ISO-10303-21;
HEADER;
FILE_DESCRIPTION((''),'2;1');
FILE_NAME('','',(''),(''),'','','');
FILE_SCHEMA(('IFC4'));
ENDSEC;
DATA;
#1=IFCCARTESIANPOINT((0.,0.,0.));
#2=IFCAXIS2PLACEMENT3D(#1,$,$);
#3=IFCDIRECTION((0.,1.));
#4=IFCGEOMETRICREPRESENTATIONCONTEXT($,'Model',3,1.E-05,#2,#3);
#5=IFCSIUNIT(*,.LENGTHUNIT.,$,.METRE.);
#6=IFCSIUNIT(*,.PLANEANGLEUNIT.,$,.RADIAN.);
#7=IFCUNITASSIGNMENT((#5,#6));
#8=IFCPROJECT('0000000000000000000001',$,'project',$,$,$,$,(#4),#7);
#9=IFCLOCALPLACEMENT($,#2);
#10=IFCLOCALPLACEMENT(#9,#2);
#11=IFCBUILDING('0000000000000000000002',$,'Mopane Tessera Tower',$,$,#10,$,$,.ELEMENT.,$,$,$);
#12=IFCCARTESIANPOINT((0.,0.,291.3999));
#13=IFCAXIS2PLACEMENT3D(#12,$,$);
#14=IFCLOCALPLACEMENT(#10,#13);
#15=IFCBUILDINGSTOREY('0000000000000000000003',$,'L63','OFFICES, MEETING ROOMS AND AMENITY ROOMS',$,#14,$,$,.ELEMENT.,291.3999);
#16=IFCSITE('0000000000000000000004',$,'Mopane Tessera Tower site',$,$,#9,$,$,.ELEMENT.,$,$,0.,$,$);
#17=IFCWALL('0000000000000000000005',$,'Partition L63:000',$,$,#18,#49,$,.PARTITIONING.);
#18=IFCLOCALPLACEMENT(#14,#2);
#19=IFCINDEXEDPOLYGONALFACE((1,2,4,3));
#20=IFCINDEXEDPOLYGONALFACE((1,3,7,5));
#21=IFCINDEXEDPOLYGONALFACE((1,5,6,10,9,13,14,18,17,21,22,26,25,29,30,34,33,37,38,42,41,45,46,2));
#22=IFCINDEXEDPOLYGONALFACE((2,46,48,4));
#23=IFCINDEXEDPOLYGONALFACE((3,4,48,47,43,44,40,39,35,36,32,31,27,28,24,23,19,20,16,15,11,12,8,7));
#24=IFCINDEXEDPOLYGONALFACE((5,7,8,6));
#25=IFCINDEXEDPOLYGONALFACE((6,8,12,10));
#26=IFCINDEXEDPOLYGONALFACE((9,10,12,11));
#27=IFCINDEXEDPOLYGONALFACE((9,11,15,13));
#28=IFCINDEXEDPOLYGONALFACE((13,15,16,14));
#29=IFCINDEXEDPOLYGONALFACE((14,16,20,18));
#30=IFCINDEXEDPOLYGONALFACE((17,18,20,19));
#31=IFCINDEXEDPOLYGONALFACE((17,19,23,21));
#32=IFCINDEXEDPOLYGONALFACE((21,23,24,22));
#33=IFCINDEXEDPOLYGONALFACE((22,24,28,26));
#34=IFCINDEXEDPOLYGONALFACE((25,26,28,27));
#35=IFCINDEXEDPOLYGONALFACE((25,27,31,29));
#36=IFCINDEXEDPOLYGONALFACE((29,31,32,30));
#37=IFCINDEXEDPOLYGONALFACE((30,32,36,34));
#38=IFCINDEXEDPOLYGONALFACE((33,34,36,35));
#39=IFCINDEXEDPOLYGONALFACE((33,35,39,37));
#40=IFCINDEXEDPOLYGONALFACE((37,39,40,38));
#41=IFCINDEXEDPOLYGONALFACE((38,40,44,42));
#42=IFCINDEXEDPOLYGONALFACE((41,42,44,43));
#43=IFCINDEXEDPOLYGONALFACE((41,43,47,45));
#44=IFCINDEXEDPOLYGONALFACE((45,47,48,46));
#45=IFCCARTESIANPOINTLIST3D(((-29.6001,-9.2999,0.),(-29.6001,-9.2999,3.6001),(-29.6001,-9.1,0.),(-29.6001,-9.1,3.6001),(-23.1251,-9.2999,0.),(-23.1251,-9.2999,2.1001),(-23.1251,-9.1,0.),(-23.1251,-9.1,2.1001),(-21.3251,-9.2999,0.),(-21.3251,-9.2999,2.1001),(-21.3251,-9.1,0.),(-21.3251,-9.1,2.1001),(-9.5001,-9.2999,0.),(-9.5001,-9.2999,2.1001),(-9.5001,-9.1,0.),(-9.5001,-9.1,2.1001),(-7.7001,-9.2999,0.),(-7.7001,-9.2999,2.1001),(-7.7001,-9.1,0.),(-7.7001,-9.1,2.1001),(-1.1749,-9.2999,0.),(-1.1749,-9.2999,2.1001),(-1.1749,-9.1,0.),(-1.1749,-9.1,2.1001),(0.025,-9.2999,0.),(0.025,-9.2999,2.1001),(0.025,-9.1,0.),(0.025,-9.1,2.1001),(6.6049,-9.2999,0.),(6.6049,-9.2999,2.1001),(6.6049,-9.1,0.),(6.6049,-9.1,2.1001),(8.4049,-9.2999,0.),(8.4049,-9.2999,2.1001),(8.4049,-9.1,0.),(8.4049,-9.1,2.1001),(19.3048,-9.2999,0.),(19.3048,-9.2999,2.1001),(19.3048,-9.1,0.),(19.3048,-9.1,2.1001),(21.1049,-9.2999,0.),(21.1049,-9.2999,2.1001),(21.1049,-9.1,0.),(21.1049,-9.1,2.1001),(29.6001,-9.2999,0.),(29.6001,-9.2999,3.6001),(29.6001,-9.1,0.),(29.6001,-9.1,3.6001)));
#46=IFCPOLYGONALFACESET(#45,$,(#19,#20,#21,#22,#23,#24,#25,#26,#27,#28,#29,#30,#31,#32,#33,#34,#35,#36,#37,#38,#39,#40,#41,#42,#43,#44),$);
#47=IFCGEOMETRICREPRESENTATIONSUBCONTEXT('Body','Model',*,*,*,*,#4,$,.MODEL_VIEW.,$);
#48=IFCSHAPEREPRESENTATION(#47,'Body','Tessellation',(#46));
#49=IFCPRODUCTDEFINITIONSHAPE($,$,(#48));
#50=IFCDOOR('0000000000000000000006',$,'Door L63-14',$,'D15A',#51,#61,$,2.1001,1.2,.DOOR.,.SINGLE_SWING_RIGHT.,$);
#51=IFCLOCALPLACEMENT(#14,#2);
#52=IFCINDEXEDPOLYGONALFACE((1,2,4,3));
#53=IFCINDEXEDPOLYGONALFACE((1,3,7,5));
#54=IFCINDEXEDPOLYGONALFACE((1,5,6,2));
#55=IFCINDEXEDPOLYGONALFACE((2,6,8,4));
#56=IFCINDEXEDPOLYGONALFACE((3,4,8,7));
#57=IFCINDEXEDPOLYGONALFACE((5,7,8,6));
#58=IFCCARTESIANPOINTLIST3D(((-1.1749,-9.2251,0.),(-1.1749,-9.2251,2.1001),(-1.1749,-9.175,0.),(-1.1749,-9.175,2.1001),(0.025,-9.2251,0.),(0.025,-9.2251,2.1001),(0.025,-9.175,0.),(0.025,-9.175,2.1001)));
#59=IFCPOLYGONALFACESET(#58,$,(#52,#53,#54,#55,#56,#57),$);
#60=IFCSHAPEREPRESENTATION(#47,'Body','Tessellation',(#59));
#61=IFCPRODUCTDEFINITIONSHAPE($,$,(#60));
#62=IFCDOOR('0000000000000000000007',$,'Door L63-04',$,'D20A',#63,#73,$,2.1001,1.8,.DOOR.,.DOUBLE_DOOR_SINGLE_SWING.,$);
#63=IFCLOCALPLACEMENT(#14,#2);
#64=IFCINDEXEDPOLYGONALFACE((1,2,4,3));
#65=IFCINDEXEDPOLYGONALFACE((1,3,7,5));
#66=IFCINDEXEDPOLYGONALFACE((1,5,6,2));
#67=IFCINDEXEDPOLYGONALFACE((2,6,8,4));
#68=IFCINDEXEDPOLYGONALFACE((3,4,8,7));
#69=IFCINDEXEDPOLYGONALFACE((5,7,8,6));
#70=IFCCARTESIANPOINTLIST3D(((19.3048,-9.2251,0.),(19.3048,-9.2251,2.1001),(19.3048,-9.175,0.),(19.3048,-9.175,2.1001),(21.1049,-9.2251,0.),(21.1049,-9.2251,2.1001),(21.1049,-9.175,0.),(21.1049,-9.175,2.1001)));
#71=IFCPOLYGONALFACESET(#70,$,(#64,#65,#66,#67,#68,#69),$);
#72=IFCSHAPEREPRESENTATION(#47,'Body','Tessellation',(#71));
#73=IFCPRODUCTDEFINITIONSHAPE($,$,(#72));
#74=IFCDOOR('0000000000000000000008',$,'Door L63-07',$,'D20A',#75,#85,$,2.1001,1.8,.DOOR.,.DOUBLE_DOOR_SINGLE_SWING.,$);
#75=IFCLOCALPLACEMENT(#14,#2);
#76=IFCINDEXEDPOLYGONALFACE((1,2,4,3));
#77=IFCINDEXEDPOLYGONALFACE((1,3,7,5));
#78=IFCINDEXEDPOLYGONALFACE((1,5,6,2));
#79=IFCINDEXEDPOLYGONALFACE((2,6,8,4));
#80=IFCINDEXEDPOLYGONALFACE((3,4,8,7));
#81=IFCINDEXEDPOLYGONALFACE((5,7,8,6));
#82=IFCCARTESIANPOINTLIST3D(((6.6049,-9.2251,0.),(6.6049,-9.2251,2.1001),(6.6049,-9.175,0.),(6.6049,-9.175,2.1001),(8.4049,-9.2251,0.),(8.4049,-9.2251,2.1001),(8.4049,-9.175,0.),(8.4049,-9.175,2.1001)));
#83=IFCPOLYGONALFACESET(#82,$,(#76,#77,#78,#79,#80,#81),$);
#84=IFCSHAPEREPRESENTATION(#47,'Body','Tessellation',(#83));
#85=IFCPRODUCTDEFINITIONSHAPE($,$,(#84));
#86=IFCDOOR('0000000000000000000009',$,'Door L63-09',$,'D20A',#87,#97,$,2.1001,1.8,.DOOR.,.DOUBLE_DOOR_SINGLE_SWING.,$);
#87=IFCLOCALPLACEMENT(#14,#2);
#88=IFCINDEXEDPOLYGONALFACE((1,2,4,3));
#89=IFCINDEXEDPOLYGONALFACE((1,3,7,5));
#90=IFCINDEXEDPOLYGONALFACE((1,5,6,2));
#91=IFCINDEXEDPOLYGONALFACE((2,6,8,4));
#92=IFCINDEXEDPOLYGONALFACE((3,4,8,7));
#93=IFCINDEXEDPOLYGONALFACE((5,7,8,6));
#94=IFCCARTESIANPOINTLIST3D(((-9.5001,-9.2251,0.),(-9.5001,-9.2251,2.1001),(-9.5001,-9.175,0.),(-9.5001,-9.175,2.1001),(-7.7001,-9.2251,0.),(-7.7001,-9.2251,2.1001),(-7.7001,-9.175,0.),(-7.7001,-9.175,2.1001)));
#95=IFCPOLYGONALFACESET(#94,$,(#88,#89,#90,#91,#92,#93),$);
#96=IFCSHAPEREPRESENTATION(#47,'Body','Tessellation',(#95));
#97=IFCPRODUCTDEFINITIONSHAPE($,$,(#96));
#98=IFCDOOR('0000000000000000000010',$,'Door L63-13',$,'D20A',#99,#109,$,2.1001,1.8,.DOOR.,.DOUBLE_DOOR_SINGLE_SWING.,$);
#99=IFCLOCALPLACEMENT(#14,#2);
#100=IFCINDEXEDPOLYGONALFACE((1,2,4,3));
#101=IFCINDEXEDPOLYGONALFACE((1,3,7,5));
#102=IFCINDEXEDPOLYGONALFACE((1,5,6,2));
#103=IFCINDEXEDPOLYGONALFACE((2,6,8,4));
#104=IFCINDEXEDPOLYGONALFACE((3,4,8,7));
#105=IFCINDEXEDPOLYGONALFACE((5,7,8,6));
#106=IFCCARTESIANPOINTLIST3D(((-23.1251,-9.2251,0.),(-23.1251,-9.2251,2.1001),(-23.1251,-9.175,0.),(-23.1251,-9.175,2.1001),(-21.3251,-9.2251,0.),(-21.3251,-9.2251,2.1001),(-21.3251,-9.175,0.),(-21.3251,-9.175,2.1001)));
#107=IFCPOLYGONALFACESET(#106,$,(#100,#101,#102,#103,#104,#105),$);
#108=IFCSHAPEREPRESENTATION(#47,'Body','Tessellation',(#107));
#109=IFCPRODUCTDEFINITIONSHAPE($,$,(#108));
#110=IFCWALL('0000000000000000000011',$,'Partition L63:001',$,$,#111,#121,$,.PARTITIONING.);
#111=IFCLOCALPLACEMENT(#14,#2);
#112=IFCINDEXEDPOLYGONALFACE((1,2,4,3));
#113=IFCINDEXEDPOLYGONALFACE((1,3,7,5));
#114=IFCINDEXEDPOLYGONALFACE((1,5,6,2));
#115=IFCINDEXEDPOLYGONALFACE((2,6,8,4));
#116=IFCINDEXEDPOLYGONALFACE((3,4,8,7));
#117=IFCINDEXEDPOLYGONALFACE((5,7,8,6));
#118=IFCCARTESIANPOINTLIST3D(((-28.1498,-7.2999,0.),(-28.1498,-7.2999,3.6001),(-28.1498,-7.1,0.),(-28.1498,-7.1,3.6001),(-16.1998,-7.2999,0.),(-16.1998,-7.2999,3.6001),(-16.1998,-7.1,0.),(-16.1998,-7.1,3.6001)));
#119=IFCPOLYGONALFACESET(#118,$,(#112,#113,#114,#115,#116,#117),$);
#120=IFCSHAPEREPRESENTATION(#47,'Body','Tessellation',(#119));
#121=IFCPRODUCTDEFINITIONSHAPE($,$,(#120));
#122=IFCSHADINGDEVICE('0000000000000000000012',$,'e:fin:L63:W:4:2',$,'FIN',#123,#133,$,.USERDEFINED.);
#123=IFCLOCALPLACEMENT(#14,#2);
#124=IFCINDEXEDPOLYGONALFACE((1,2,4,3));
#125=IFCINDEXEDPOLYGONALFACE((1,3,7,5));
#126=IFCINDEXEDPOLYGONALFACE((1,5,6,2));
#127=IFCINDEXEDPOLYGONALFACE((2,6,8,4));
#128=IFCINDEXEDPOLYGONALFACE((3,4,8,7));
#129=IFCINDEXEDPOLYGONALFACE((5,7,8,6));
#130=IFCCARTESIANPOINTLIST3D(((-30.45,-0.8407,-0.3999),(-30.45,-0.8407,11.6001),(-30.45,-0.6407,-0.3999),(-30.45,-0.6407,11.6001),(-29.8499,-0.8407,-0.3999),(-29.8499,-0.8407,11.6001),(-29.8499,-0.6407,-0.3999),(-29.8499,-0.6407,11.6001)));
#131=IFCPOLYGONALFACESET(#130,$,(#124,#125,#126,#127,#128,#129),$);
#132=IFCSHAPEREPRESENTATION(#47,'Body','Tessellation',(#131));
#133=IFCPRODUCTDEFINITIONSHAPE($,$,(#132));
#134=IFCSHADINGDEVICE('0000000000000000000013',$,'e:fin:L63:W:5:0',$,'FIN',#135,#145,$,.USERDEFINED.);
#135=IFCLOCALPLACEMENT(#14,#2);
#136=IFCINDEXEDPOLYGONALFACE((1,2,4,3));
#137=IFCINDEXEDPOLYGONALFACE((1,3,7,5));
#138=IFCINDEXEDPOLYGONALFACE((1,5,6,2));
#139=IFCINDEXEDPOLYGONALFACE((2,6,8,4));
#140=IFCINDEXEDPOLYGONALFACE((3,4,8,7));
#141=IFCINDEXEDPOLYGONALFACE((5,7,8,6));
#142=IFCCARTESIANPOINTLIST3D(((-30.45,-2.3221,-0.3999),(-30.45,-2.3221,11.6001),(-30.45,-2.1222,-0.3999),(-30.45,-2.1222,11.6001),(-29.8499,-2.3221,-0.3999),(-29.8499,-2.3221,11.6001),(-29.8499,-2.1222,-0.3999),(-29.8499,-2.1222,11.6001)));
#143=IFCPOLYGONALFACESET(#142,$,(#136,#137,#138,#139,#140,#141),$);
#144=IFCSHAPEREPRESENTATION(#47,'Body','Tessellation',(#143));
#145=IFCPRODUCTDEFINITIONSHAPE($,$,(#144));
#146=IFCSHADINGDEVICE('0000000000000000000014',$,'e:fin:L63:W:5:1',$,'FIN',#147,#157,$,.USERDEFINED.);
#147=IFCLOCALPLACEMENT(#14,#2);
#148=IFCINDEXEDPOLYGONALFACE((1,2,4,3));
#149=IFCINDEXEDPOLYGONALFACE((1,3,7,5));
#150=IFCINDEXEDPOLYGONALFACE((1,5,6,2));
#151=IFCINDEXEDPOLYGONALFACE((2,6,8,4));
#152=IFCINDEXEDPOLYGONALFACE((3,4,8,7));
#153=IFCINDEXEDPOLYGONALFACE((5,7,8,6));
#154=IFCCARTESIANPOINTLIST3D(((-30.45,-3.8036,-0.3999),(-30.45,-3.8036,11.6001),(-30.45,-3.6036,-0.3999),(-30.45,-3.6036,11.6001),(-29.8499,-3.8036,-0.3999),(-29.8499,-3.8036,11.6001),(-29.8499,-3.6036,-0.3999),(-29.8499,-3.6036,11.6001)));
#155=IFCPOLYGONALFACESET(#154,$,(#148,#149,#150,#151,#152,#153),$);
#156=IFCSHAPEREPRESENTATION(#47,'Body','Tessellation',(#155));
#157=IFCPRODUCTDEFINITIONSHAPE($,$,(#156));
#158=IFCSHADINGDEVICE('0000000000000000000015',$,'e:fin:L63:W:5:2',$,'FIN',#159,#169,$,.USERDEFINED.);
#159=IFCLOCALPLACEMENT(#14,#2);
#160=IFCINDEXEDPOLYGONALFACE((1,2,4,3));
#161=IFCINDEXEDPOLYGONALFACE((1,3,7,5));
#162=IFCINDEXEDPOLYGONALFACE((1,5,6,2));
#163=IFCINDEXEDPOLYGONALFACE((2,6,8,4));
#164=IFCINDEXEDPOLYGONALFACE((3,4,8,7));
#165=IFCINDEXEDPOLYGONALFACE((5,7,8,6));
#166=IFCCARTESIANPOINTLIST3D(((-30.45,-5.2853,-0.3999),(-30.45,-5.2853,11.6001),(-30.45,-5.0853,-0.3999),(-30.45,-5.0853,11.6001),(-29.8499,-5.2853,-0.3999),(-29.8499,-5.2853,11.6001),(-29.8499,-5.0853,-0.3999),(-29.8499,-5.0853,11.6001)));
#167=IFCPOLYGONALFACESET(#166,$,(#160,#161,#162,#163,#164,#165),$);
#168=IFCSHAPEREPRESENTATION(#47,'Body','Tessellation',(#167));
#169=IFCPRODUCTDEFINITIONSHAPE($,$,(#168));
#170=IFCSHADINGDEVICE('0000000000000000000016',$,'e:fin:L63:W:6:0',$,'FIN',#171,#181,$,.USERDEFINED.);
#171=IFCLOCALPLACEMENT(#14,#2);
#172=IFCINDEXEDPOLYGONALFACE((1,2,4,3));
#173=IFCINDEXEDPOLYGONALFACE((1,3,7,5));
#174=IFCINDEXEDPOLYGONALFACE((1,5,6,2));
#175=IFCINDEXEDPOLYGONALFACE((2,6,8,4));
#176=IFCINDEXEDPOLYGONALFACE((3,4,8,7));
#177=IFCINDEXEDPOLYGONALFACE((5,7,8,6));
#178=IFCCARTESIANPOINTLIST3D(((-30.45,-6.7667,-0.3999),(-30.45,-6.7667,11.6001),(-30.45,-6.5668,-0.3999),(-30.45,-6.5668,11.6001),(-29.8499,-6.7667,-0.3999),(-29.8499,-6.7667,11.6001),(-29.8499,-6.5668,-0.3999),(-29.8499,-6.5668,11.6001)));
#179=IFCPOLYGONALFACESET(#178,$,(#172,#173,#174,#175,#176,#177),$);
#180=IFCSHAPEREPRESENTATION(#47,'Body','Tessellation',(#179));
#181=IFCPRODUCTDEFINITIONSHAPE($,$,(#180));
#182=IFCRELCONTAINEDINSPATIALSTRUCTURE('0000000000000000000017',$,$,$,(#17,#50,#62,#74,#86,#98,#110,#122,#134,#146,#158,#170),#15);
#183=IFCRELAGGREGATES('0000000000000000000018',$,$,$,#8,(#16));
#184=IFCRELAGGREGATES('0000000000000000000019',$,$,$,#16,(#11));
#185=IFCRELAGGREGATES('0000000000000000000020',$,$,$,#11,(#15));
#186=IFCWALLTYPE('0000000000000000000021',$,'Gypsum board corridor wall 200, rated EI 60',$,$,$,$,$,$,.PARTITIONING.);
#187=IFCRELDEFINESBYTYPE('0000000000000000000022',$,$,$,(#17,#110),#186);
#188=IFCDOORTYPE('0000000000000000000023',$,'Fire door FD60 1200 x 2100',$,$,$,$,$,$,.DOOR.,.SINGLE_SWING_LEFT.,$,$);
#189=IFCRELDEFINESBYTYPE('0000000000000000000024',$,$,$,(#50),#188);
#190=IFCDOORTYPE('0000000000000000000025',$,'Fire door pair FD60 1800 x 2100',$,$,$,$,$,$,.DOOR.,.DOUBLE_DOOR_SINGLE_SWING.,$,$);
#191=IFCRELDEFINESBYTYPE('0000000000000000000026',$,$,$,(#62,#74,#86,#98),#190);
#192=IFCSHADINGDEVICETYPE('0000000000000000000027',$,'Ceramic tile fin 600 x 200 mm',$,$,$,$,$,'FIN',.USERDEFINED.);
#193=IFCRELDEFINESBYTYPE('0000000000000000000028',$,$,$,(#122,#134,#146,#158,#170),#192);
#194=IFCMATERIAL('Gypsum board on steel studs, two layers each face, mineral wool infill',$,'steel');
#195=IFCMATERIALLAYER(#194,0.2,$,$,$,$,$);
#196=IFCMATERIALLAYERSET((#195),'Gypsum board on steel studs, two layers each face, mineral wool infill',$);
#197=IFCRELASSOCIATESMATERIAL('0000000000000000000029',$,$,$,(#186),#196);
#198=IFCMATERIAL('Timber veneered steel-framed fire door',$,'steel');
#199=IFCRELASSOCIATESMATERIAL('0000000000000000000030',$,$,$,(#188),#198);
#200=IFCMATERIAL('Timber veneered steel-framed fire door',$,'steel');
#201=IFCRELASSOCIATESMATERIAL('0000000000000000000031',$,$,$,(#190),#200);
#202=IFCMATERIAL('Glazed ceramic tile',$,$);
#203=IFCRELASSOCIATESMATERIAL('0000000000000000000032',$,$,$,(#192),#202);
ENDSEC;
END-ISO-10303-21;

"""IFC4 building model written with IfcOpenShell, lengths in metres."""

from ifc_helpers import new_model, si_unit, direction, frame, frame_2d, origin, origin_2d, place, context, subcontext, project, spatial, rectangle, extrude, material, layer, layer_set, type_object, element, fill, save


model = new_model("IFC4")

# Units and contexts
model_context = context("Model", 3, precision=1e-05, world=origin(), true_north=direction((0.0, 1.0)))
body_context = subcontext(model_context, "Body", "Model", "MODEL_VIEW")
ifc_project = project(units=[si_unit("LENGTHUNIT", "METRE"), si_unit("PLANEANGLEUNIT", "RADIAN")], contexts=[model_context])

# Site, building, storey
site_placement = place(None, origin())
site = spatial("IfcSite", under=ifc_project, at=site_placement, Name="Mopane Tessera Tower site", CompositionType="ELEMENT", RefElevation=0.0)
building_placement = place(site_placement, origin())
building = spatial("IfcBuilding", under=site, at=building_placement, Name="Mopane Tessera Tower", CompositionType="ELEMENT")
storey_placement = place(building_placement, frame((0.0, 0.0, 291.3999)))
storey = spatial("IfcBuildingStorey", under=building, at=storey_placement, Name="L63", Description="OFFICES, MEETING ROOMS AND AMENITY ROOMS", CompositionType="ELEMENT", Elevation=291.3999)

# Wall, openings, doors
ifc_material_1 = material(Name="Gypsum board on steel studs, two layers each face, mineral wool infill", Category="steel")
ifc_layer_1 = layer(ifc_material_1, 0.2)
ifc_layer_set_1 = layer_set([ifc_layer_1], Name="Gypsum board on steel studs, two layers each face, mineral wool infill")
wall_type = type_object("IfcWallType", Name="Gypsum board corridor wall 200, rated EI 60", PredefinedType="PARTITIONING", material=ifc_layer_set_1)
wall_1_placement = place(storey_placement, frame((-29.6001, -9.2, 0.0), z_axis=(0.0, 0.0, 1.0), x_axis=(1.0, 0.0, 0.0)))
wall_1 = element("IfcWall", 1, at=wall_1_placement, inside=storey, type_object=wall_type, Name="Partition L63:000", PredefinedType="PARTITIONING", context=body_context, shape_type="SweptSolid", body=[
    extrude(rectangle(XDim=59.2002, YDim=0.2, at=frame_2d((29.6001, 0.0))), origin(), (0.0, 0.0, 1.0), 3.6001),
])
opening_1_placement = place(wall_1_placement, frame((48.905, 0.0, 0.0)))
opening_1 = element("IfcOpeningElement", 2, at=opening_1_placement, cuts=wall_1, PredefinedType="OPENING", context=body_context, shape_type="SweptSolid", body=[
    extrude(rectangle(XDim=1.8, YDim=2.1001, at=frame_2d((0.8999, 1.05))), frame((0.0, 0.1121, 0.0), z_axis=(0.0, -1.0, 0.0), x_axis=(1.0, 0.0, 0.0)), (0.0, 0.0, 1.0), 0.2239),
])
opening_2_placement = place(wall_1_placement, frame((36.2051, 0.0, 0.0)))
opening_2 = element("IfcOpeningElement", 3, at=opening_2_placement, cuts=wall_1, PredefinedType="OPENING", context=body_context, shape_type="SweptSolid", body=[
    extrude(rectangle(XDim=1.8, YDim=2.1001, at=frame_2d((0.8999, 1.05))), frame((0.0, 0.1121, 0.0), z_axis=(0.0, -1.0, 0.0), x_axis=(1.0, 0.0, 0.0)), (0.0, 0.0, 1.0), 0.2239),
])
opening_3_placement = place(wall_1_placement, frame((20.1001, 0.0, 0.0)))
opening_3 = element("IfcOpeningElement", 4, at=opening_3_placement, cuts=wall_1, PredefinedType="OPENING", context=body_context, shape_type="SweptSolid", body=[
    extrude(rectangle(XDim=1.8, YDim=2.1001, at=frame_2d((0.8999, 1.05))), frame((0.0, 0.1121, 0.0), z_axis=(0.0, -1.0, 0.0), x_axis=(1.0, 0.0, 0.0)), (0.0, 0.0, 1.0), 0.2239),
])
opening_4_placement = place(wall_1_placement, frame((6.4751, 0.0, 0.0)))
opening_4 = element("IfcOpeningElement", 5, at=opening_4_placement, cuts=wall_1, PredefinedType="OPENING", context=body_context, shape_type="SweptSolid", body=[
    extrude(rectangle(XDim=1.8, YDim=2.1001, at=frame_2d((0.8999, 1.05))), frame((0.0, 0.1121, 0.0), z_axis=(0.0, -1.0, 0.0), x_axis=(1.0, 0.0, 0.0)), (0.0, 0.0, 1.0), 0.2239),
])
opening_5_placement = place(wall_1_placement, frame((28.425, 0.0, 0.0)))
opening_5 = element("IfcOpeningElement", 6, at=opening_5_placement, cuts=wall_1, PredefinedType="OPENING", context=body_context, shape_type="SweptSolid", body=[
    extrude(rectangle(XDim=1.2, YDim=2.1001, at=frame_2d((0.6001, 1.05))), frame((0.0, 0.1121, 0.0), z_axis=(0.0, -1.0, 0.0), x_axis=(1.0, 0.0, 0.0)), (0.0, 0.0, 1.0), 0.2239),
])
ifc_material_2 = material(Name="Timber veneered steel-framed fire door", Category="steel")
door_type_1 = type_object("IfcDoorType", Name="Fire door FD60 1200 x 2100", OperationType="SINGLE_SWING_LEFT", PredefinedType="DOOR", material=ifc_material_2)
door_1_placement = place(opening_5_placement, origin())
door_1 = element("IfcDoor", 7, at=door_1_placement, inside=storey, type_object=door_type_1, Name="Door L63-14", ObjectType="D15A", OperationType="SINGLE_SWING_RIGHT", OverallHeight=2.1001, OverallWidth=1.2, PredefinedType="DOOR", context=body_context, shape_type="SweptSolid", body=[
    extrude(rectangle(XDim=1.2, YDim=2.1001, at=frame_2d((0.6001, 1.05))), frame((0.0, 0.0249, 0.0), z_axis=(0.0, -1.0, 0.0), x_axis=(1.0, 0.0, 0.0)), (0.0, 0.0, 1.0), 0.05),
])
fill(opening_5, door_1)
ifc_material_3 = material(Name="Timber veneered steel-framed fire door", Category="steel")
door_type_2 = type_object("IfcDoorType", Name="Fire door pair FD60 1800 x 2100", OperationType="DOUBLE_DOOR_SINGLE_SWING", PredefinedType="DOOR", material=ifc_material_3)
door_2_placement = place(opening_1_placement, origin())
door_2 = element("IfcDoor", 8, at=door_2_placement, inside=storey, type_object=door_type_2, Name="Door L63-04", ObjectType="D20A", OperationType="DOUBLE_DOOR_SINGLE_SWING", OverallHeight=2.1001, OverallWidth=1.8, PredefinedType="DOOR", context=body_context, shape_type="SweptSolid", body=[
    extrude(rectangle(XDim=1.8, YDim=2.1001, at=frame_2d((0.8999, 1.05))), frame((0.0, 0.0249, 0.0), z_axis=(0.0, -1.0, 0.0), x_axis=(1.0, 0.0, 0.0)), (0.0, 0.0, 1.0), 0.05),
])
fill(opening_1, door_2)
door_3_placement = place(opening_2_placement, origin())
door_3 = element("IfcDoor", 9, at=door_3_placement, inside=storey, type_object=door_type_2, Name="Door L63-07", ObjectType="D20A", OperationType="DOUBLE_DOOR_SINGLE_SWING", OverallHeight=2.1001, OverallWidth=1.8, PredefinedType="DOOR", context=body_context, shape_type="SweptSolid", body=[
    extrude(rectangle(XDim=1.8, YDim=2.1001, at=frame_2d((0.8999, 1.05))), frame((0.0, 0.0249, 0.0), z_axis=(0.0, -1.0, 0.0), x_axis=(1.0, 0.0, 0.0)), (0.0, 0.0, 1.0), 0.05),
])
fill(opening_2, door_3)
door_4_placement = place(opening_3_placement, origin())
door_4 = element("IfcDoor", 10, at=door_4_placement, inside=storey, type_object=door_type_2, Name="Door L63-09", ObjectType="D20A", OperationType="DOUBLE_DOOR_SINGLE_SWING", OverallHeight=2.1001, OverallWidth=1.8, PredefinedType="DOOR", context=body_context, shape_type="SweptSolid", body=[
    extrude(rectangle(XDim=1.8, YDim=2.1001, at=frame_2d((0.8999, 1.05))), frame((0.0, 0.0249, 0.0), z_axis=(0.0, -1.0, 0.0), x_axis=(1.0, 0.0, 0.0)), (0.0, 0.0, 1.0), 0.05),
])
fill(opening_3, door_4)
door_5_placement = place(opening_4_placement, origin())
door_5 = element("IfcDoor", 11, at=door_5_placement, inside=storey, type_object=door_type_2, Name="Door L63-13", ObjectType="D20A", OperationType="DOUBLE_DOOR_SINGLE_SWING", OverallHeight=2.1001, OverallWidth=1.8, PredefinedType="DOOR", context=body_context, shape_type="SweptSolid", body=[
    extrude(rectangle(XDim=1.8, YDim=2.1001, at=frame_2d((0.8999, 1.05))), frame((0.0, 0.0249, 0.0), z_axis=(0.0, -1.0, 0.0), x_axis=(1.0, 0.0, 0.0)), (0.0, 0.0, 1.0), 0.05),
])
fill(opening_4, door_5)

# Wall
wall_2_placement = place(storey_placement, frame((-28.1499, -7.2, 0.0), z_axis=(0.0, 0.0, 1.0), x_axis=(1.0, 0.0, 0.0)))
element("IfcWall", 12, at=wall_2_placement, inside=storey, type_object=wall_type, Name="Partition L63:001", PredefinedType="PARTITIONING", context=body_context, shape_type="SweptSolid", body=[
    extrude(rectangle(XDim=11.95, YDim=0.2, at=frame_2d((5.9751, 0.0))), origin(), (0.0, 0.0, 1.0), 3.6001),
])

# Shading devices
ifc_material_4 = material(Name="Glazed ceramic tile")
shading_device_type = type_object("IfcShadingDeviceType", Name="Ceramic tile fin 600 x 200 mm", ElementType="FIN", PredefinedType="USERDEFINED", material=ifc_material_4)
for number, where, z_axis, x_axis, name in (
    (13, (-30.1499, -0.7407, -0.3999), (0.0, 0.0, 1.0), (0.0, -1.0, 0.0), "e:fin:L63:W:4:2"),
    (14, (-30.1499, -2.2222, -0.3999), (0.0, 0.0, 1.0), (0.0, -1.0, 0.0), "e:fin:L63:W:5:0"),
    (15, (-30.1499, -3.7036, -0.3999), (0.0, 0.0, 1.0), (0.0, -1.0, 0.0), "e:fin:L63:W:5:1"),
    (16, (-30.1499, -5.1853, -0.3999), (0.0, 0.0, 1.0), (0.0, -1.0, 0.0), "e:fin:L63:W:5:2"),
    (17, (-30.1499, -6.6667, -0.3999), (0.0, 0.0, 1.0), (0.0, -1.0, 0.0), "e:fin:L63:W:6:0"),
):
    element("IfcShadingDevice", number, at=place(storey_placement, frame(where, z_axis=z_axis, x_axis=x_axis)), inside=storey, type_object=shading_device_type, Name=name, ObjectType="FIN", PredefinedType="USERDEFINED", context=body_context, shape_type="SweptSolid", body=[
        extrude(rectangle(XDim=0.2, YDim=0.6001, at=origin_2d()), origin(), (0.0, 0.0, 1.0), 12.0),
    ])

save(model, "model.ifc")
